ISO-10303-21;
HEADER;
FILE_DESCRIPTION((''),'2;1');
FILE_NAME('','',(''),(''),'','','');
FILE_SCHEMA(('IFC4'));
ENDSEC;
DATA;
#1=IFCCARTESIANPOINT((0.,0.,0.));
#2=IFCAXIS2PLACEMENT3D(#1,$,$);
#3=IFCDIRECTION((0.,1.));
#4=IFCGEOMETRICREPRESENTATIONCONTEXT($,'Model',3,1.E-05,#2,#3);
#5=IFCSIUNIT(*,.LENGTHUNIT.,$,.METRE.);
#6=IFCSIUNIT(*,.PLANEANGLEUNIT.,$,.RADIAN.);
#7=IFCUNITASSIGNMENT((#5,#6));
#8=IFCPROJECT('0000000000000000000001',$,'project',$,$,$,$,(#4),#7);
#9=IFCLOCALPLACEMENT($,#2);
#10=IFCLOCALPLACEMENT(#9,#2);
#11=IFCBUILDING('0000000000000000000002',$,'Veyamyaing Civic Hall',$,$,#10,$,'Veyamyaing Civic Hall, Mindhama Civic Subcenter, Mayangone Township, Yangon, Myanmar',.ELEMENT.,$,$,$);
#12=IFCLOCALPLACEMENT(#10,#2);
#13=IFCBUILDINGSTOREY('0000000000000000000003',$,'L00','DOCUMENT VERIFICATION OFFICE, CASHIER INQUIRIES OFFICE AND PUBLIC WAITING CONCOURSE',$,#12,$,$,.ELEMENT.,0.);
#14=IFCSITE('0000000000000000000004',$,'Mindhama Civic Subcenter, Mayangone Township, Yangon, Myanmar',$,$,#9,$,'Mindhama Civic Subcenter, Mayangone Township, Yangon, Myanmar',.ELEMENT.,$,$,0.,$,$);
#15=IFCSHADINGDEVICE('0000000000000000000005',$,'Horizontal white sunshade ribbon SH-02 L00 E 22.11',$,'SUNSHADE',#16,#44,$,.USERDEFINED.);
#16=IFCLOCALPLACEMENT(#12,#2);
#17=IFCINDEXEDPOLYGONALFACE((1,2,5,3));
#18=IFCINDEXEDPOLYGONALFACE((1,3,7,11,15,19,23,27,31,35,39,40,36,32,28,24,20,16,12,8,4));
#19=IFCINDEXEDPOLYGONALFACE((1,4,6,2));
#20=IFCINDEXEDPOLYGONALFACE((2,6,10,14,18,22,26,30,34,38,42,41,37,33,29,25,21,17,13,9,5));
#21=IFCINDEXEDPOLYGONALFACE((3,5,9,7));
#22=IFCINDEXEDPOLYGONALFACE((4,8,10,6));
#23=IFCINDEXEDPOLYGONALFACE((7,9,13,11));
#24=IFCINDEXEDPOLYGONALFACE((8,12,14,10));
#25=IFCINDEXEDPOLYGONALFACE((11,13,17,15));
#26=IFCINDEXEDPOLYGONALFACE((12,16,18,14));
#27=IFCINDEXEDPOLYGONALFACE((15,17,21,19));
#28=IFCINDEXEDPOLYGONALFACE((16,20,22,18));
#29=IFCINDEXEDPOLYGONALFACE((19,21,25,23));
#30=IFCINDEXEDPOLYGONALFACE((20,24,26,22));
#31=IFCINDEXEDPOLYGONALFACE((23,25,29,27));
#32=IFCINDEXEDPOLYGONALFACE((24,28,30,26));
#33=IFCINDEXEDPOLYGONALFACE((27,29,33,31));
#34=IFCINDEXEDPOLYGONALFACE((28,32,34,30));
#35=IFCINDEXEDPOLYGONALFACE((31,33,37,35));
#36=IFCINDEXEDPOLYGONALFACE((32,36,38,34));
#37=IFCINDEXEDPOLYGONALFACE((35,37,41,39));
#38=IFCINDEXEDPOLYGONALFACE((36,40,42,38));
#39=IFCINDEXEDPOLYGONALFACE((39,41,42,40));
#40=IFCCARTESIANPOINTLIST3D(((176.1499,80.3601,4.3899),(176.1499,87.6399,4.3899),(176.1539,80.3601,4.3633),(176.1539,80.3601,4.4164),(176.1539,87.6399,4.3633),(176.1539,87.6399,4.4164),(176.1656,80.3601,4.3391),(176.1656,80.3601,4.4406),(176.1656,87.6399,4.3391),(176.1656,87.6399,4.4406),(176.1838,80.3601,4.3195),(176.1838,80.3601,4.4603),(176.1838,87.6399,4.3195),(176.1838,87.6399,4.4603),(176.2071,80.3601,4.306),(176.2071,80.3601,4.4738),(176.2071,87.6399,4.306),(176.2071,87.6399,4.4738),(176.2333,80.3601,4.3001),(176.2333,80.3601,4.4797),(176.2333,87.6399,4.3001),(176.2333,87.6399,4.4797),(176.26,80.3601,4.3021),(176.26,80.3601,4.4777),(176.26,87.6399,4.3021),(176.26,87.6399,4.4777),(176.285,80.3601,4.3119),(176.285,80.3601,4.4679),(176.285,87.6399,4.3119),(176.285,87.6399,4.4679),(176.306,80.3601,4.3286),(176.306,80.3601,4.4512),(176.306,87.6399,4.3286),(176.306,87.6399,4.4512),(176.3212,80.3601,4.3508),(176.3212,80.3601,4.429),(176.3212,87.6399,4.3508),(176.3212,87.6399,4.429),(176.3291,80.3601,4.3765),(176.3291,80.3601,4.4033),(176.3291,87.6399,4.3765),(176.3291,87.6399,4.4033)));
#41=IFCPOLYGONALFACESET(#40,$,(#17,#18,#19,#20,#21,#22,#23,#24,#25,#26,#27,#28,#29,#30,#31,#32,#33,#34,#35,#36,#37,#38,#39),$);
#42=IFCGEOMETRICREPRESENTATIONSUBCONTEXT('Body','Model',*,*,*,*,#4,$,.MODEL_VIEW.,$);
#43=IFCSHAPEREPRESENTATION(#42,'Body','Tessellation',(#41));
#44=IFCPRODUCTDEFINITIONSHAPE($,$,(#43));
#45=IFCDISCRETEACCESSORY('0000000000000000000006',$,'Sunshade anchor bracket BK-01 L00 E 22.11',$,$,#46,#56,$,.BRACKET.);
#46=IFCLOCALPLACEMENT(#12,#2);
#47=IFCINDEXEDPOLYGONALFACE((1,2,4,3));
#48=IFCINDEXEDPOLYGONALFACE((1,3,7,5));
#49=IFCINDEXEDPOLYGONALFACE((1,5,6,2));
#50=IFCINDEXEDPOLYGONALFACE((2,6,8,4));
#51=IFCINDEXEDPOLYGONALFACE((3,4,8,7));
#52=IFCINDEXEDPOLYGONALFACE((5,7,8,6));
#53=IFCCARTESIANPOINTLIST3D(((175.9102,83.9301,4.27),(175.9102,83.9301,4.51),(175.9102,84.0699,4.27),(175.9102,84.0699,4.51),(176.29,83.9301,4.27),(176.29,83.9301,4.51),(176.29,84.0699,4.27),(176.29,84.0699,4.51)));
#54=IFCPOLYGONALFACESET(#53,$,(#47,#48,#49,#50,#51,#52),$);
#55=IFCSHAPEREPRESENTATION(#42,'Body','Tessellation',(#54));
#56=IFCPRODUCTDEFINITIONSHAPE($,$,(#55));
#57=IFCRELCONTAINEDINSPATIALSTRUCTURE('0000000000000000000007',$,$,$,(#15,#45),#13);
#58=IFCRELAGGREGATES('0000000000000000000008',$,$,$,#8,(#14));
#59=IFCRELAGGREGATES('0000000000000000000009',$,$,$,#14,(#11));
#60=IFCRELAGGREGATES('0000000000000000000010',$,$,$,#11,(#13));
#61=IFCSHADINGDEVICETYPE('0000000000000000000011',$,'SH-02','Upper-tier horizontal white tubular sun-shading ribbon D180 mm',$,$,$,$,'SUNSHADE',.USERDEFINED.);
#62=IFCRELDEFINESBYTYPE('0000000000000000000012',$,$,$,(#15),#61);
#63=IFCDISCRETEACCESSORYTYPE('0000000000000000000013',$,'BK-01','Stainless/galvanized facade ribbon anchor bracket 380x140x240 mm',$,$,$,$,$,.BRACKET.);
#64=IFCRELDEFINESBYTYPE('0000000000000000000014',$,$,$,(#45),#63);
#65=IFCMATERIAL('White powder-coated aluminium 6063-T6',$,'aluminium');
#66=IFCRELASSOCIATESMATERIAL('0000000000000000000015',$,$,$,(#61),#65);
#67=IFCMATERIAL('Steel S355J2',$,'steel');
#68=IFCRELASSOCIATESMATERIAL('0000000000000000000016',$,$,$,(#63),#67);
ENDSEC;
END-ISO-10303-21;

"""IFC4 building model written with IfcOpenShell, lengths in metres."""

from ifc_helpers import new_model, si_unit, direction, frame, origin, origin_2d, place, context, subcontext, project, spatial, rectangle, circle, extrude, material, material_profile, profile_set, type_object, element, save


model = new_model("IFC4")

# Units and contexts
model_context = context("Model", 3, precision=1e-05, world=origin(), true_north=direction((0.0, 1.0)))
body_context = subcontext(model_context, "Body", "Model", "MODEL_VIEW")
ifc_project = project(units=[si_unit("LENGTHUNIT", "METRE"), si_unit("PLANEANGLEUNIT", "RADIAN")], contexts=[model_context])

# Site, building, storey
site_placement = place(None, origin())
site = spatial("IfcSite", under=ifc_project, at=site_placement, Name="Mindhama Civic Subcenter, Mayangone Township, Yangon, Myanmar", LongName="Mindhama Civic Subcenter, Mayangone Township, Yangon, Myanmar", CompositionType="ELEMENT", RefElevation=0.0)
building_placement = place(site_placement, origin())
building = spatial("IfcBuilding", under=site, at=building_placement, Name="Veyamyaing Civic Hall", LongName="Veyamyaing Civic Hall, Mindhama Civic Subcenter, Mayangone Township, Yangon, Myanmar", CompositionType="ELEMENT")
storey_placement = place(building_placement, origin())
storey = spatial("IfcBuildingStorey", under=building, at=storey_placement, Name="L00", Description="DOCUMENT VERIFICATION OFFICE, CASHIER INQUIRIES OFFICE AND PUBLIC WAITING CONCOURSE", CompositionType="ELEMENT", Elevation=0.0)

# Shared definitions
ifc_material_1 = material(Name="White powder-coated aluminium 6063-T6", Category="aluminium")

# Shading device
ifc_material_profile_1 = material_profile(ifc_material_1, circle(Radius=0.0901, at=origin_2d()), Name="SHADE-TUBE-180")
ifc_profile_set_1 = profile_set([ifc_material_profile_1], Name="White powder-coated aluminium 6063-T6")
shading_device_type = type_object("IfcShadingDeviceType", Name="SH-02", Description="Upper-tier horizontal white tubular sun-shading ribbon D180 mm", ElementType="SUNSHADE", PredefinedType="USERDEFINED", material=ifc_profile_set_1)
shading_device_placement = place(storey_placement, frame((176.24, 80.3601, 4.3899), z_axis=(0.0, 1.0, 0.0), x_axis=(-1.0, 0.0, 0.0)))
element("IfcShadingDevice", 1, at=shading_device_placement, inside=storey, type_object=shading_device_type, Name="Horizontal white sunshade ribbon SH-02 L00 E 22.11", ObjectType="SUNSHADE", PredefinedType="USERDEFINED", context=body_context, shape_type="SweptSolid", body=[
    extrude(circle(Radius=0.0901, at=origin_2d()), origin(), (0.0, 0.0, 1.0), 7.2798),
])

# Discrete accessory
ifc_material_2 = material(Name="Steel S355J2", Category="steel")
discrete_accessory_type = type_object("IfcDiscreteAccessoryType", Name="BK-01", Description="Stainless/galvanized facade ribbon anchor bracket 380x140x240 mm", PredefinedType="BRACKET", material=ifc_material_2)
discrete_accessory_placement = place(storey_placement, frame((176.1001, 84.0, 4.27), z_axis=(0.0, 0.0, 1.0), x_axis=(1.0, 0.0, 0.0)))
element("IfcDiscreteAccessory", 2, at=discrete_accessory_placement, inside=storey, type_object=discrete_accessory_type, Name="Sunshade anchor bracket BK-01 L00 E 22.11", PredefinedType="BRACKET", context=body_context, shape_type="SweptSolid", body=[
    extrude(rectangle(XDim=0.3799, YDim=0.1399, at=origin_2d()), origin(), (0.0, 0.0, 1.0), 0.24),
])

save(model, "model.ifc")
